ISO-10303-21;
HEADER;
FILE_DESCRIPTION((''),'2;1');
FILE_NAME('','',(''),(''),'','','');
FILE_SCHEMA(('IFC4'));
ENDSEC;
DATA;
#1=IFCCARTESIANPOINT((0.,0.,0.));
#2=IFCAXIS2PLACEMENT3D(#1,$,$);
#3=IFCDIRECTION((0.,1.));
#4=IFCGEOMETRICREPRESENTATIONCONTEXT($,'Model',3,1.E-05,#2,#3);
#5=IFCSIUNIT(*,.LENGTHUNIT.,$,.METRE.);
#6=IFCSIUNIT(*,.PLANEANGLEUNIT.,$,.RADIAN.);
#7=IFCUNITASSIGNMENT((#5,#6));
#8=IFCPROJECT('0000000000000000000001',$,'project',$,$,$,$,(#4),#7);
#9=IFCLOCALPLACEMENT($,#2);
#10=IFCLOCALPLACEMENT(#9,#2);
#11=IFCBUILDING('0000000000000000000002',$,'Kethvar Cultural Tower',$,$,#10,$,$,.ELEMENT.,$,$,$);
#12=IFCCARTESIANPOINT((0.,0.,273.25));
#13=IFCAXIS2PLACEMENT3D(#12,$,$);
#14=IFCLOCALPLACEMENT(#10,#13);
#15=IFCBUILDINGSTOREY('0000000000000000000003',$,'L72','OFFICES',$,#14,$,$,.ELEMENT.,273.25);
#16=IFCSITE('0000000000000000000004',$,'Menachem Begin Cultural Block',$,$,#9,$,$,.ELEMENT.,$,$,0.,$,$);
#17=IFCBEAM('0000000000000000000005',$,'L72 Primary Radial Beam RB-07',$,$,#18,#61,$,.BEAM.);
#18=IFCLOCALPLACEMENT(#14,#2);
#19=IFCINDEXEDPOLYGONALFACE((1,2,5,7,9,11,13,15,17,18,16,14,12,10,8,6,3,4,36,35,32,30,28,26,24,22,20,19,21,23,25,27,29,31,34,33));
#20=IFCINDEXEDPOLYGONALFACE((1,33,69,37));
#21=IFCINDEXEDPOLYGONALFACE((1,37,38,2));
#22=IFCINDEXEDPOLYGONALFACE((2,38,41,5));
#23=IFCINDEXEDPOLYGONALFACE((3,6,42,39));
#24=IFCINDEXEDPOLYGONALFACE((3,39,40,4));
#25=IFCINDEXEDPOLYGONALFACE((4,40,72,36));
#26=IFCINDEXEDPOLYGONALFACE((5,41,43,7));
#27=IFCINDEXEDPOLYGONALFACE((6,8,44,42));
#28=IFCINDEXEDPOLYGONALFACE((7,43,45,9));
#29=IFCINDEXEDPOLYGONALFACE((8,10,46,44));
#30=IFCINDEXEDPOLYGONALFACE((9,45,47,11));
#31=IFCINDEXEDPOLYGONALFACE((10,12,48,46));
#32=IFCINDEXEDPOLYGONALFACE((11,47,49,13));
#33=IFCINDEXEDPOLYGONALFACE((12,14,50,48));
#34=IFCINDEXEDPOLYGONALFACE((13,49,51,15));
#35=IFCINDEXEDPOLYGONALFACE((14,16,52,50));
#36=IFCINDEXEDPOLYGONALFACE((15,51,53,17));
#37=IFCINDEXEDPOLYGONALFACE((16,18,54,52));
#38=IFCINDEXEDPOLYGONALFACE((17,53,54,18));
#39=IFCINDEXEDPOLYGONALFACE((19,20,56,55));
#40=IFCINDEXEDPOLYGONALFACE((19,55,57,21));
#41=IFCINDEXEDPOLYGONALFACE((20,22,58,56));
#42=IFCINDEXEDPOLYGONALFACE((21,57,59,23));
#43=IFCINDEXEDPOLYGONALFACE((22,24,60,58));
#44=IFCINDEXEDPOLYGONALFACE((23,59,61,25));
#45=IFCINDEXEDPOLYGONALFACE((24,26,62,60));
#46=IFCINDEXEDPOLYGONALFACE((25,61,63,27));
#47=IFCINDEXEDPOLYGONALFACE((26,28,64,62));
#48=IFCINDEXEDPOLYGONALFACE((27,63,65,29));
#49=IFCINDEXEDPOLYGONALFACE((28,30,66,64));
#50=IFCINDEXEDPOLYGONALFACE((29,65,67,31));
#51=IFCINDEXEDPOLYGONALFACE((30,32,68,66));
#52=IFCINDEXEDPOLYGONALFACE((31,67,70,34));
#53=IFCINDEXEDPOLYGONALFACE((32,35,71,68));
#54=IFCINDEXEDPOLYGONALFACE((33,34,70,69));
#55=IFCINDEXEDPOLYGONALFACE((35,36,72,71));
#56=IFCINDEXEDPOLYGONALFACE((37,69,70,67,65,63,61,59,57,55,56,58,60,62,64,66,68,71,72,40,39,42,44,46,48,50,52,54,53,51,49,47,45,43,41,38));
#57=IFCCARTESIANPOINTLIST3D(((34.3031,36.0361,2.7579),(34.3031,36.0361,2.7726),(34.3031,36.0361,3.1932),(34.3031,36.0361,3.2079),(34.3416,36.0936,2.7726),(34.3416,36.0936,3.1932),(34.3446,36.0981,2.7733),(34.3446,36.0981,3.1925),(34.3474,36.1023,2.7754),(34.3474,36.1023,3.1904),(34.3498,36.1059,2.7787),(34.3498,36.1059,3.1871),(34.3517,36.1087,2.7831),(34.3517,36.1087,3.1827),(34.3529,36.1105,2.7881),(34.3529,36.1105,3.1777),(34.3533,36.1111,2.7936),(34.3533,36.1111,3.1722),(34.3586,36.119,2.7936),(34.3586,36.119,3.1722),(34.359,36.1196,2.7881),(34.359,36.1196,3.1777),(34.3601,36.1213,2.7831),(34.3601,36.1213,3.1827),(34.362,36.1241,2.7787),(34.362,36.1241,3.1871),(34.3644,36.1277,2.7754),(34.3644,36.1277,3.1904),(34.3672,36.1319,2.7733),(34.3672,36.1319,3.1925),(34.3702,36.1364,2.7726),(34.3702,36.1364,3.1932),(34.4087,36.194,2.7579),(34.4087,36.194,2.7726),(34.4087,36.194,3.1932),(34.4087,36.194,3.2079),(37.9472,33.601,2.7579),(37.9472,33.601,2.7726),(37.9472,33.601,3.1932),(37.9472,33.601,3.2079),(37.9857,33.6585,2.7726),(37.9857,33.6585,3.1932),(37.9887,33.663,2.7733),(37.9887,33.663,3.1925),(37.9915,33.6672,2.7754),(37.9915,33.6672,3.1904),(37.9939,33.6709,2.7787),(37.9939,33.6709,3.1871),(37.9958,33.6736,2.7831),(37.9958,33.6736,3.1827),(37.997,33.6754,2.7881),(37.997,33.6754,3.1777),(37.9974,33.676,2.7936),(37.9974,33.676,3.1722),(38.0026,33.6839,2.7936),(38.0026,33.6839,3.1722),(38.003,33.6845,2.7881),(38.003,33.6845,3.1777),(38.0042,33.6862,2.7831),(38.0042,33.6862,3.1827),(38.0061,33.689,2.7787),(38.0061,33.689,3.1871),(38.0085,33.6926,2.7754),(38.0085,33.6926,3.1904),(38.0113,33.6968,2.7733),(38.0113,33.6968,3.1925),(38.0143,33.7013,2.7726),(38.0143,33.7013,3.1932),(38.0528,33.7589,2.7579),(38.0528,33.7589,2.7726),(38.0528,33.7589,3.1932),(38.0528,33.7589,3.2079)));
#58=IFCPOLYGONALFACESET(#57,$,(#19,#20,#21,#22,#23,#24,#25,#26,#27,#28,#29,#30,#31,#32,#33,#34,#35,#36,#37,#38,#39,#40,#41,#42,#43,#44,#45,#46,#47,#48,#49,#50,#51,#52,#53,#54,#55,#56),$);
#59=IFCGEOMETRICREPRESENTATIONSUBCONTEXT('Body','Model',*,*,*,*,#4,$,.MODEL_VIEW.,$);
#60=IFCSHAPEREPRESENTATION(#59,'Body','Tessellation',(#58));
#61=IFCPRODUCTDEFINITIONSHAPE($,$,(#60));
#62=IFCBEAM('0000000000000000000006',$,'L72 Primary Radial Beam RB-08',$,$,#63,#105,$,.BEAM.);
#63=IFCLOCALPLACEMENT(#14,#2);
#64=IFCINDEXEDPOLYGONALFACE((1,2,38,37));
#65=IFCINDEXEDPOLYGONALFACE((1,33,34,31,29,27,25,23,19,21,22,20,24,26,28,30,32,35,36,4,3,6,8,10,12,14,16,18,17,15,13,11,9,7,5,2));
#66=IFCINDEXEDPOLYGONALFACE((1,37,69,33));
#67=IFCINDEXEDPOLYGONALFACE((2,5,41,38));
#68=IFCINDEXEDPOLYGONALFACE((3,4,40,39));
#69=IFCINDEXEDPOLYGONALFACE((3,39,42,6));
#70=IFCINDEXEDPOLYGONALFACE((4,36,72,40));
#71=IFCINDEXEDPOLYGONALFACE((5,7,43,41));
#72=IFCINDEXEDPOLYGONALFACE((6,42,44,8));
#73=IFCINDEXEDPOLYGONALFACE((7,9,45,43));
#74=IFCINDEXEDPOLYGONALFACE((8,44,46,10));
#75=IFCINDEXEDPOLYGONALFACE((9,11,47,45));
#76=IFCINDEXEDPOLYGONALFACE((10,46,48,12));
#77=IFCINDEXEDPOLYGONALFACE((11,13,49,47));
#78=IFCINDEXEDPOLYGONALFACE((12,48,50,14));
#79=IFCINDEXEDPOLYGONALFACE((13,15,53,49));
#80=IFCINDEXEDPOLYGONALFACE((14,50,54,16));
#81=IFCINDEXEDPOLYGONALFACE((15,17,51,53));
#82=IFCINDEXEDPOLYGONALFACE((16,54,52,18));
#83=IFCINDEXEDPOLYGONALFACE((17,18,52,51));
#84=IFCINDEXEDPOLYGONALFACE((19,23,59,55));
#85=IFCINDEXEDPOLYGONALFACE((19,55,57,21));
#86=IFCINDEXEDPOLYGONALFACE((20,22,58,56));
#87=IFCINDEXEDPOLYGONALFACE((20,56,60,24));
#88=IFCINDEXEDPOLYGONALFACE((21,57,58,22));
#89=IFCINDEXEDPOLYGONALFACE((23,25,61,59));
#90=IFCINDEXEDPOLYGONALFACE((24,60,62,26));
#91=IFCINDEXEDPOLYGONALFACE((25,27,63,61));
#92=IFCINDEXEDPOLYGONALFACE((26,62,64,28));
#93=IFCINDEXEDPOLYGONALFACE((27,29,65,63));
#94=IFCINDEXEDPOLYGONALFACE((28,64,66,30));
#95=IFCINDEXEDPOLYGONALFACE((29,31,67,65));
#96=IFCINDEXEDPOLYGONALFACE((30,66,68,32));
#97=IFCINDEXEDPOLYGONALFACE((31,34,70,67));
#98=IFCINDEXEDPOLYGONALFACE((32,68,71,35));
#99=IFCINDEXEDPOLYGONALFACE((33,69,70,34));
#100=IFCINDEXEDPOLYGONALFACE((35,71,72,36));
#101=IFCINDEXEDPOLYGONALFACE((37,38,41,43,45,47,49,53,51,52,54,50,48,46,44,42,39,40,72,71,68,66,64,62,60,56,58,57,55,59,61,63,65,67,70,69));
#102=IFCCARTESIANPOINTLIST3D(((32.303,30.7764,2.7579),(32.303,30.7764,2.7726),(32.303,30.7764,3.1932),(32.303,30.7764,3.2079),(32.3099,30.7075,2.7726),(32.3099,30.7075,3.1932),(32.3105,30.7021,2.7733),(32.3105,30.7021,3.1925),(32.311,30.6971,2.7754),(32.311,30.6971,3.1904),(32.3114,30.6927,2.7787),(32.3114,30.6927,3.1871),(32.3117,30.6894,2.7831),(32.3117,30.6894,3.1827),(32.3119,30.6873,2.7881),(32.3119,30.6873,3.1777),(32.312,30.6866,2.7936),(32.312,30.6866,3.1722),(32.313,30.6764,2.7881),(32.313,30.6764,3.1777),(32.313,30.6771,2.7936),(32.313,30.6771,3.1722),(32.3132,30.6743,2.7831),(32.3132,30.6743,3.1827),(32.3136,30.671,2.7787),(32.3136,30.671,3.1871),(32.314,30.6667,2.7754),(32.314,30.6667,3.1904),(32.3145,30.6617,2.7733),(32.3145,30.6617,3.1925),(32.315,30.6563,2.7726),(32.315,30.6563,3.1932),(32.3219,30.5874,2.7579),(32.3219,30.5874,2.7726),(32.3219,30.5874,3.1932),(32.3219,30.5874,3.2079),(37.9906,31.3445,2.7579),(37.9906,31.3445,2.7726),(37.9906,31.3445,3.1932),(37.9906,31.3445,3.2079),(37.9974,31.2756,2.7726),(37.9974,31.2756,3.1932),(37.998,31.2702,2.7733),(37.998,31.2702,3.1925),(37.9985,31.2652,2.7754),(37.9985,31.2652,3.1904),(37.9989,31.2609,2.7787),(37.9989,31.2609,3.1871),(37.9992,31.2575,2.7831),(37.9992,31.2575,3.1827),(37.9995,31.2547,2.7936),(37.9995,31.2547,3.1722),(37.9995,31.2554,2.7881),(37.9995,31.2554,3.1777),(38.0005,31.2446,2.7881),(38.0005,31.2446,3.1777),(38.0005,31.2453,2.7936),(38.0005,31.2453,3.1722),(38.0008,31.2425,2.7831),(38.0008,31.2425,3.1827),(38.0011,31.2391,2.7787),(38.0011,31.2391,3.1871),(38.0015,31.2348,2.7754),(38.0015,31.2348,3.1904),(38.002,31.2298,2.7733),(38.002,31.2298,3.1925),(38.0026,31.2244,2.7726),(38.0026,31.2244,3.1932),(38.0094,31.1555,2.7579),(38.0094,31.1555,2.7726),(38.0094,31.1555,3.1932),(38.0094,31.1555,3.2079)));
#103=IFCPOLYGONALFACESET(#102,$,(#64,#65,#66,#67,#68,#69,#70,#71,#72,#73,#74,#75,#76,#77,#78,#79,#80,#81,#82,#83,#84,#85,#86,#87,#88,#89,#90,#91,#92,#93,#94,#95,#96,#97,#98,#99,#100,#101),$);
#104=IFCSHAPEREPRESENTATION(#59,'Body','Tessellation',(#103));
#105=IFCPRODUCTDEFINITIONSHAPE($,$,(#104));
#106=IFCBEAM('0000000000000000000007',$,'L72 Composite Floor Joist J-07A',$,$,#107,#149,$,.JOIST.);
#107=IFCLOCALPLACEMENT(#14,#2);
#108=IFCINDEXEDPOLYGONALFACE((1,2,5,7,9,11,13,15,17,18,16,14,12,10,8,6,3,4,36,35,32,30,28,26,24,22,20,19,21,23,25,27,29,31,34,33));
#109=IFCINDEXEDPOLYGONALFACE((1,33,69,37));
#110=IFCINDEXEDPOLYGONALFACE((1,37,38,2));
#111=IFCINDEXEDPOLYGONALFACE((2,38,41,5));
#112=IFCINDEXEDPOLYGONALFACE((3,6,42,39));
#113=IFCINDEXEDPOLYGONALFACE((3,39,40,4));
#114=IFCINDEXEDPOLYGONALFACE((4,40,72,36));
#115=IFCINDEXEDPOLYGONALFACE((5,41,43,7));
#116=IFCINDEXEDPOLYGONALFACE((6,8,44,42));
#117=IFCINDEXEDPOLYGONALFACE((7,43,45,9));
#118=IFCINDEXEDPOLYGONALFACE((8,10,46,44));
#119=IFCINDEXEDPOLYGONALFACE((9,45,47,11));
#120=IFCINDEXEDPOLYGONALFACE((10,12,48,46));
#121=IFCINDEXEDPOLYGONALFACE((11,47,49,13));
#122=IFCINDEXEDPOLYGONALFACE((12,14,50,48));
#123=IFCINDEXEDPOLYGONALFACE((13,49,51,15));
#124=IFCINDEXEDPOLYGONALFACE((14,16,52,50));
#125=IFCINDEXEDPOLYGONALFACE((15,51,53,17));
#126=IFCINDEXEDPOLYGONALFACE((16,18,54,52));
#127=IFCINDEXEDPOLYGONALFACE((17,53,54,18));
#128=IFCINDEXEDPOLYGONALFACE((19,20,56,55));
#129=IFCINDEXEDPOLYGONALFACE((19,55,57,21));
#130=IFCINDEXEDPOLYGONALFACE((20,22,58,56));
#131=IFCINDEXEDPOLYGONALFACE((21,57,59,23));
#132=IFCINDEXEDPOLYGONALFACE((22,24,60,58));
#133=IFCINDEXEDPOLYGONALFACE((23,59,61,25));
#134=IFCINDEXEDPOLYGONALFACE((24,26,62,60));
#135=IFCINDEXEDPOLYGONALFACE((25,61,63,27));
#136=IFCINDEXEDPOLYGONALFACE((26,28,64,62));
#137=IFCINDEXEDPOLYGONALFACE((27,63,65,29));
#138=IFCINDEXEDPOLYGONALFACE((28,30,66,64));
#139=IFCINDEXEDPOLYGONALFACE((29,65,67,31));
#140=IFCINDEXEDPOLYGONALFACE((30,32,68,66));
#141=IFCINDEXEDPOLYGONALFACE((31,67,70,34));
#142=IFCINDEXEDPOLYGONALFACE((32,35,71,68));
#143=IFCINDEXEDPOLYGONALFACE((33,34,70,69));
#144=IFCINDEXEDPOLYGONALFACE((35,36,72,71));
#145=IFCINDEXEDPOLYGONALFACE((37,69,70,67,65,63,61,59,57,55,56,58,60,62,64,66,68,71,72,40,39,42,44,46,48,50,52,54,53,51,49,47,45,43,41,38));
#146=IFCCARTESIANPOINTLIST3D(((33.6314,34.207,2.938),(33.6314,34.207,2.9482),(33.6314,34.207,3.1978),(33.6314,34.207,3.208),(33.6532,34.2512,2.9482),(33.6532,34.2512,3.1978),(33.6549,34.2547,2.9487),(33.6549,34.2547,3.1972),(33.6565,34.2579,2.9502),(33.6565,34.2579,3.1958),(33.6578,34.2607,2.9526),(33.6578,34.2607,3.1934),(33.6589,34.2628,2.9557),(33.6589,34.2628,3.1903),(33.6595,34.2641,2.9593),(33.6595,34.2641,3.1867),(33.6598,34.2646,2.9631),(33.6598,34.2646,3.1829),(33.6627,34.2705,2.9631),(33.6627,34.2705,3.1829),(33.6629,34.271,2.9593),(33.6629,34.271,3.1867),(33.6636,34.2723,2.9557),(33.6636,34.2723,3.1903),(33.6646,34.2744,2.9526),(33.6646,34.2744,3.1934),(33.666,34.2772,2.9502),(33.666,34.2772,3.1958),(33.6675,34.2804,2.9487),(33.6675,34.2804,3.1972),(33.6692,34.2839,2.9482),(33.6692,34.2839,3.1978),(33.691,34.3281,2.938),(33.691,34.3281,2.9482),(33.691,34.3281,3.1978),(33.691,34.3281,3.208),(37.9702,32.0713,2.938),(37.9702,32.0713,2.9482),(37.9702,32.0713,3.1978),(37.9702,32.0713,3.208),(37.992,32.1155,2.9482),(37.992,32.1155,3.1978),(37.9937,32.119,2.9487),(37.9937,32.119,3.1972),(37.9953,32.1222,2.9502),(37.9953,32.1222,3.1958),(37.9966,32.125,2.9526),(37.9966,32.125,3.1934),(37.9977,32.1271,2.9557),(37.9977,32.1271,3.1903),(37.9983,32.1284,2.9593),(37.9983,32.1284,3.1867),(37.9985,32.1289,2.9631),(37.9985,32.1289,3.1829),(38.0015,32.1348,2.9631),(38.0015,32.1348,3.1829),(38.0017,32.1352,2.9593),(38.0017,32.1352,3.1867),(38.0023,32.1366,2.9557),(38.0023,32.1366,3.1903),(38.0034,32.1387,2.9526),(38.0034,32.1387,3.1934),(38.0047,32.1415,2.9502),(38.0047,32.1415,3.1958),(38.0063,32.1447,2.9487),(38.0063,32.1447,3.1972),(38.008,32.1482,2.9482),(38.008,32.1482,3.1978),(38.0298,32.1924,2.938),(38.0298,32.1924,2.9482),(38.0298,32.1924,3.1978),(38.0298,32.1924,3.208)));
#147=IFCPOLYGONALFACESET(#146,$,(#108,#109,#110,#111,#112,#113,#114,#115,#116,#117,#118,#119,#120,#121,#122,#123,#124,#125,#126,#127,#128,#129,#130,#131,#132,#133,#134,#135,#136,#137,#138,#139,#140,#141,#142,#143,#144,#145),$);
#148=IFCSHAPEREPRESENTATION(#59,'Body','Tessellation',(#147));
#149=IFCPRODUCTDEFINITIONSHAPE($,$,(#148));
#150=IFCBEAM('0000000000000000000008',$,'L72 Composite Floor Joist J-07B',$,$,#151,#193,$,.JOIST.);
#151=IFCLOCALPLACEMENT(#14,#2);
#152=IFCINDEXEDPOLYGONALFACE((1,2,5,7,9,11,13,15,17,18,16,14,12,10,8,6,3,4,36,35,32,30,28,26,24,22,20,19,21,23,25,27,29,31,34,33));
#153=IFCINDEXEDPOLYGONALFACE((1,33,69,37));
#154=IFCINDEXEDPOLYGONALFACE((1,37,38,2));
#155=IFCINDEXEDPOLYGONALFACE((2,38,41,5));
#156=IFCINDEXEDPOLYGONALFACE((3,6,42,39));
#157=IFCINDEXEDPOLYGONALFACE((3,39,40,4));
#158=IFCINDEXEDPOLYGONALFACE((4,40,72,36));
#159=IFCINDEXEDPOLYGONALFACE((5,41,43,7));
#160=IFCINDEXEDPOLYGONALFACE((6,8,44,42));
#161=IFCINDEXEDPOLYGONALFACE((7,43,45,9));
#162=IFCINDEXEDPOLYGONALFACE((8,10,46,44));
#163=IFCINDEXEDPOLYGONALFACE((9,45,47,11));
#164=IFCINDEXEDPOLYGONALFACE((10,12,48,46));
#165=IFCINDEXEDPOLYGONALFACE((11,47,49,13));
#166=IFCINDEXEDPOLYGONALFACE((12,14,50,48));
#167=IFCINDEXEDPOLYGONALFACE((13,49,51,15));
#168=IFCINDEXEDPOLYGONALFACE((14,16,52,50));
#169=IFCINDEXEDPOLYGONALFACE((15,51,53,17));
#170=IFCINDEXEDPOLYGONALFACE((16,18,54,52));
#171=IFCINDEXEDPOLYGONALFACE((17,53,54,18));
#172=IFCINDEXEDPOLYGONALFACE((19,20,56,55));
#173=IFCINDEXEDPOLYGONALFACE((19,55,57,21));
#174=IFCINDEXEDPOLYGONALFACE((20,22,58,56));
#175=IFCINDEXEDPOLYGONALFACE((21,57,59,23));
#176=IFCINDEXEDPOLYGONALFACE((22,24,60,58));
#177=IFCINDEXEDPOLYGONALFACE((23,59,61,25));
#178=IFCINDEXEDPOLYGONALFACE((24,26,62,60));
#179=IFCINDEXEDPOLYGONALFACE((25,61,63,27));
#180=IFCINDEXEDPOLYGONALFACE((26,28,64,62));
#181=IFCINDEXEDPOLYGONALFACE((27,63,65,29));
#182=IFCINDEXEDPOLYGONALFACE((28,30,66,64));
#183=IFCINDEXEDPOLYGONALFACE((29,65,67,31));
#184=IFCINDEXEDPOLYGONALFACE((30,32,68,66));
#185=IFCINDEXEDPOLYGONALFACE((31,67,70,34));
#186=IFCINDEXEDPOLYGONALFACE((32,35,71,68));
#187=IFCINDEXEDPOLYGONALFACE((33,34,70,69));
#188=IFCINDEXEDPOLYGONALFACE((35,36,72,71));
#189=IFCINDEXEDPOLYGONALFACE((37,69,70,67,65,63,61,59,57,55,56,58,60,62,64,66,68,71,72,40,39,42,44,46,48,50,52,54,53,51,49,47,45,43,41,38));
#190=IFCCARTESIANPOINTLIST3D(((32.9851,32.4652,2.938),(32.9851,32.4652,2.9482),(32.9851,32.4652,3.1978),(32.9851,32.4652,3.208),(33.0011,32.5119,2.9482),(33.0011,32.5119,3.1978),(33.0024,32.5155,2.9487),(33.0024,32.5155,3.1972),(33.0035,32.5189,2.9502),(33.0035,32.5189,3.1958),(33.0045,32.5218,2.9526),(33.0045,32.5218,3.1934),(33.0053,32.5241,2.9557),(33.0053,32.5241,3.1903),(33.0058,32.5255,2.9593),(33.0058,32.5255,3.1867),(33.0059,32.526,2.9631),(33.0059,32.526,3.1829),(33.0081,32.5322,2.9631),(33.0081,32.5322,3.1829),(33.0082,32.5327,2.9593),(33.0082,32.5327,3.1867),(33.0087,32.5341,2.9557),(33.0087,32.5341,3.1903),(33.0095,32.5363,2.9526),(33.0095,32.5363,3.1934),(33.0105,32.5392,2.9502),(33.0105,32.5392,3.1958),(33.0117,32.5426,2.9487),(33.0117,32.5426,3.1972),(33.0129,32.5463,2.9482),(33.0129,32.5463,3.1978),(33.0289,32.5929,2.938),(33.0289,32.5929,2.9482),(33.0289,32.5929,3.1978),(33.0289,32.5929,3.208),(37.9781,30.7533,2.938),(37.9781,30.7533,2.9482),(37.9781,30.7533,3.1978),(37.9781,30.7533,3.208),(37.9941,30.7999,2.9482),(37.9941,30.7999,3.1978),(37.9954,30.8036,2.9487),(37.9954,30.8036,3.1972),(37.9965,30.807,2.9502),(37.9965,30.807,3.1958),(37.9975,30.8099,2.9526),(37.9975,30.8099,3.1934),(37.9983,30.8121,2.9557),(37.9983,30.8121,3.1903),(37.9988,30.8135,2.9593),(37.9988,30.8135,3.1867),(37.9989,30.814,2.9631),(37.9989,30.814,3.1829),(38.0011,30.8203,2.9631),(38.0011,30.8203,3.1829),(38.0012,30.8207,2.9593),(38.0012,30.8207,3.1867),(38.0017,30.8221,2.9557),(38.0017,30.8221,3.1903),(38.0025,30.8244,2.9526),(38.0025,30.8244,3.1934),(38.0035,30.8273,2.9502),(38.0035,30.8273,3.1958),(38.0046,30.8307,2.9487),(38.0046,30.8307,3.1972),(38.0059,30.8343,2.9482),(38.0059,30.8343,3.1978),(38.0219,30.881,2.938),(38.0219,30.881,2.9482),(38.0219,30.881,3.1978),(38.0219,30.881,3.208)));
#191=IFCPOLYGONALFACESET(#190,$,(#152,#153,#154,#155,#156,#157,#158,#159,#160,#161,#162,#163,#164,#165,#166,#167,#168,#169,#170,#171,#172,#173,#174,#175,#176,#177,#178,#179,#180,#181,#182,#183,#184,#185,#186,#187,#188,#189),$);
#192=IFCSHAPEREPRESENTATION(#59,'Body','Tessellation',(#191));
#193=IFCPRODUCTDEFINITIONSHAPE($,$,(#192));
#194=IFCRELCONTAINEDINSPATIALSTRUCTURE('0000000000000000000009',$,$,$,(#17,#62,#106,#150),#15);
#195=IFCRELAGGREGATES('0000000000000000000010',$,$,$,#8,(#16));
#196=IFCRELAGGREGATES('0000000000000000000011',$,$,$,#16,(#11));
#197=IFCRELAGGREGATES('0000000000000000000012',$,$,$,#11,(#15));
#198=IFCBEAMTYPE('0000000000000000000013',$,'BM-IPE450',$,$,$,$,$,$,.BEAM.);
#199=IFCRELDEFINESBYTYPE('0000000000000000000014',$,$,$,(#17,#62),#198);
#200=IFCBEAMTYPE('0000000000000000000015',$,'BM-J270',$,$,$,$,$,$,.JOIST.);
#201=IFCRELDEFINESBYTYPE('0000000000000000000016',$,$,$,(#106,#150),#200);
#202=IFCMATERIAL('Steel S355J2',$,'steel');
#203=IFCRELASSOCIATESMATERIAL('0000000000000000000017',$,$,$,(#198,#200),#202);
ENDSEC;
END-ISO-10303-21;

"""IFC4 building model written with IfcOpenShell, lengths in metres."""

from ifc_helpers import new_model, si_unit, direction, frame, origin, origin_2d, place, context, subcontext, project, spatial, i_section, extrude, source, transform, mapped, material, material_profile, profile_set, type_object, element, save


model = new_model("IFC4")

# Units and contexts
model_context = context("Model", 3, precision=1e-05, world=origin(), true_north=direction((0.0, 1.0)))
body_context = subcontext(model_context, "Body", "Model", "MODEL_VIEW")
ifc_project = project(units=[si_unit("LENGTHUNIT", "METRE"), si_unit("PLANEANGLEUNIT", "RADIAN")], contexts=[model_context])

# Site, building, storey
site_placement = place(None, origin())
site = spatial("IfcSite", under=ifc_project, at=site_placement, Name="Menachem Begin Cultural Block", CompositionType="ELEMENT", RefElevation=0.0)
building_placement = place(site_placement, origin())
building = spatial("IfcBuilding", under=site, at=building_placement, Name="Kethvar Cultural Tower", CompositionType="ELEMENT")
storey_placement = place(building_placement, frame((0.0, 0.0, 273.25)))
storey = spatial("IfcBuildingStorey", under=building, at=storey_placement, Name="L72", Description="OFFICES", CompositionType="ELEMENT", Elevation=273.25)

# Beams
ifc_material_1 = material(Name="Steel S355J2", Category="steel")
ifc_material_profile_1 = material_profile(ifc_material_1, i_section(OverallWidth=0.1899, OverallDepth=0.45, WebThickness=0.0095, FlangeThickness=0.0146, FilletRadius=0.021, at=origin_2d()), Name="Steel S355J2 — IPE450")
ifc_profile_set_1 = profile_set([ifc_material_profile_1], Name="Steel S355J2 — IPE450")
beam_type_1 = type_object("IfcBeamType", Name="BM-IPE450", PredefinedType="BEAM", material=ifc_profile_set_1)
shared_shape_1 = source(origin(), body_context, "Body", "SweptSolid", [
    extrude(i_section(OverallWidth=0.1899, OverallDepth=0.45, WebThickness=0.0095, FlangeThickness=0.0146, FilletRadius=0.021, at=origin_2d()), origin(), (0.0, 0.0, 1.0), 4.3828),
])
beam_1_placement = place(storey_placement, frame((38.0, 33.6799, 2.9829), z_axis=(-0.83145, 0.5556, 0.0), x_axis=(-0.5556, -0.83145, 0.0)))
element("IfcBeam", 1, at=beam_1_placement, inside=storey, type_object=beam_type_1, Name="L72 Primary Radial Beam RB-07", PredefinedType="BEAM", context=body_context, shape_type="MappedRepresentation", body=[
    mapped(shared_shape_1, transform((0.0, 0.0, 0.0), scale=1.0)),
])
shared_shape_2 = source(origin(), body_context, "Body", "SweptSolid", [
    extrude(i_section(OverallWidth=0.1899, OverallDepth=0.45, WebThickness=0.0095, FlangeThickness=0.0146, FilletRadius=0.021, at=origin_2d()), origin(), (0.0, 0.0, 1.0), 5.7158),
])
beam_2_placement = place(storey_placement, frame((38.0, 31.25, 2.9829), z_axis=(-0.995048, -0.099394, 0.0), x_axis=(0.099394, -0.995048, 0.0)))
element("IfcBeam", 2, at=beam_2_placement, inside=storey, type_object=beam_type_1, Name="L72 Primary Radial Beam RB-08", PredefinedType="BEAM", context=body_context, shape_type="MappedRepresentation", body=[
    mapped(shared_shape_2, transform((0.0, 0.0, 0.0), scale=1.0)),
])
ifc_material_profile_2 = material_profile(ifc_material_1, i_section(OverallWidth=0.135, OverallDepth=0.27, WebThickness=0.0066, FlangeThickness=0.0103, FilletRadius=0.0149, at=origin_2d()), Name="Steel S355J2 — IPE270")
ifc_profile_set_2 = profile_set([ifc_material_profile_2], Name="Steel S355J2 — IPE270")
beam_type_2 = type_object("IfcBeamType", Name="BM-J270", PredefinedType="JOIST", material=ifc_profile_set_2)
shared_shape_3 = source(origin(), body_context, "Body", "SweptSolid", [
    extrude(i_section(OverallWidth=0.135, OverallDepth=0.27, WebThickness=0.0066, FlangeThickness=0.0103, FilletRadius=0.0149, at=origin_2d()), origin(), (0.0, 0.0, 1.0), 4.8359),
])
beam_3_placement = place(storey_placement, frame((38.0, 32.1318, 3.073), z_axis=(-0.897197, 0.441632, 0.0), x_axis=(-0.441632, -0.897197, 0.0)))
element("IfcBeam", 3, at=beam_3_placement, inside=storey, type_object=beam_type_2, Name="L72 Composite Floor Joist J-07A", PredefinedType="JOIST", context=body_context, shape_type="MappedRepresentation", body=[
    mapped(shared_shape_3, transform((0.0, 0.0, 0.0), scale=1.0)),
])
shared_shape_4 = source(origin(), body_context, "Body", "SweptSolid", [
    extrude(i_section(OverallWidth=0.135, OverallDepth=0.27, WebThickness=0.0066, FlangeThickness=0.0103, FilletRadius=0.0149, at=origin_2d()), origin(), (0.0, 0.0, 1.0), 5.2783),
])
beam_4_placement = place(storey_placement, frame((38.0, 30.8171, 3.073), z_axis=(-0.945943, 0.324334, 0.0), x_axis=(-0.324334, -0.945943, 0.0)))
element("IfcBeam", 4, at=beam_4_placement, inside=storey, type_object=beam_type_2, Name="L72 Composite Floor Joist J-07B", PredefinedType="JOIST", context=body_context, shape_type="MappedRepresentation", body=[
    mapped(shared_shape_4, transform((0.0, 0.0, 0.0), scale=1.0)),
])

save(model, "model.ifc")
